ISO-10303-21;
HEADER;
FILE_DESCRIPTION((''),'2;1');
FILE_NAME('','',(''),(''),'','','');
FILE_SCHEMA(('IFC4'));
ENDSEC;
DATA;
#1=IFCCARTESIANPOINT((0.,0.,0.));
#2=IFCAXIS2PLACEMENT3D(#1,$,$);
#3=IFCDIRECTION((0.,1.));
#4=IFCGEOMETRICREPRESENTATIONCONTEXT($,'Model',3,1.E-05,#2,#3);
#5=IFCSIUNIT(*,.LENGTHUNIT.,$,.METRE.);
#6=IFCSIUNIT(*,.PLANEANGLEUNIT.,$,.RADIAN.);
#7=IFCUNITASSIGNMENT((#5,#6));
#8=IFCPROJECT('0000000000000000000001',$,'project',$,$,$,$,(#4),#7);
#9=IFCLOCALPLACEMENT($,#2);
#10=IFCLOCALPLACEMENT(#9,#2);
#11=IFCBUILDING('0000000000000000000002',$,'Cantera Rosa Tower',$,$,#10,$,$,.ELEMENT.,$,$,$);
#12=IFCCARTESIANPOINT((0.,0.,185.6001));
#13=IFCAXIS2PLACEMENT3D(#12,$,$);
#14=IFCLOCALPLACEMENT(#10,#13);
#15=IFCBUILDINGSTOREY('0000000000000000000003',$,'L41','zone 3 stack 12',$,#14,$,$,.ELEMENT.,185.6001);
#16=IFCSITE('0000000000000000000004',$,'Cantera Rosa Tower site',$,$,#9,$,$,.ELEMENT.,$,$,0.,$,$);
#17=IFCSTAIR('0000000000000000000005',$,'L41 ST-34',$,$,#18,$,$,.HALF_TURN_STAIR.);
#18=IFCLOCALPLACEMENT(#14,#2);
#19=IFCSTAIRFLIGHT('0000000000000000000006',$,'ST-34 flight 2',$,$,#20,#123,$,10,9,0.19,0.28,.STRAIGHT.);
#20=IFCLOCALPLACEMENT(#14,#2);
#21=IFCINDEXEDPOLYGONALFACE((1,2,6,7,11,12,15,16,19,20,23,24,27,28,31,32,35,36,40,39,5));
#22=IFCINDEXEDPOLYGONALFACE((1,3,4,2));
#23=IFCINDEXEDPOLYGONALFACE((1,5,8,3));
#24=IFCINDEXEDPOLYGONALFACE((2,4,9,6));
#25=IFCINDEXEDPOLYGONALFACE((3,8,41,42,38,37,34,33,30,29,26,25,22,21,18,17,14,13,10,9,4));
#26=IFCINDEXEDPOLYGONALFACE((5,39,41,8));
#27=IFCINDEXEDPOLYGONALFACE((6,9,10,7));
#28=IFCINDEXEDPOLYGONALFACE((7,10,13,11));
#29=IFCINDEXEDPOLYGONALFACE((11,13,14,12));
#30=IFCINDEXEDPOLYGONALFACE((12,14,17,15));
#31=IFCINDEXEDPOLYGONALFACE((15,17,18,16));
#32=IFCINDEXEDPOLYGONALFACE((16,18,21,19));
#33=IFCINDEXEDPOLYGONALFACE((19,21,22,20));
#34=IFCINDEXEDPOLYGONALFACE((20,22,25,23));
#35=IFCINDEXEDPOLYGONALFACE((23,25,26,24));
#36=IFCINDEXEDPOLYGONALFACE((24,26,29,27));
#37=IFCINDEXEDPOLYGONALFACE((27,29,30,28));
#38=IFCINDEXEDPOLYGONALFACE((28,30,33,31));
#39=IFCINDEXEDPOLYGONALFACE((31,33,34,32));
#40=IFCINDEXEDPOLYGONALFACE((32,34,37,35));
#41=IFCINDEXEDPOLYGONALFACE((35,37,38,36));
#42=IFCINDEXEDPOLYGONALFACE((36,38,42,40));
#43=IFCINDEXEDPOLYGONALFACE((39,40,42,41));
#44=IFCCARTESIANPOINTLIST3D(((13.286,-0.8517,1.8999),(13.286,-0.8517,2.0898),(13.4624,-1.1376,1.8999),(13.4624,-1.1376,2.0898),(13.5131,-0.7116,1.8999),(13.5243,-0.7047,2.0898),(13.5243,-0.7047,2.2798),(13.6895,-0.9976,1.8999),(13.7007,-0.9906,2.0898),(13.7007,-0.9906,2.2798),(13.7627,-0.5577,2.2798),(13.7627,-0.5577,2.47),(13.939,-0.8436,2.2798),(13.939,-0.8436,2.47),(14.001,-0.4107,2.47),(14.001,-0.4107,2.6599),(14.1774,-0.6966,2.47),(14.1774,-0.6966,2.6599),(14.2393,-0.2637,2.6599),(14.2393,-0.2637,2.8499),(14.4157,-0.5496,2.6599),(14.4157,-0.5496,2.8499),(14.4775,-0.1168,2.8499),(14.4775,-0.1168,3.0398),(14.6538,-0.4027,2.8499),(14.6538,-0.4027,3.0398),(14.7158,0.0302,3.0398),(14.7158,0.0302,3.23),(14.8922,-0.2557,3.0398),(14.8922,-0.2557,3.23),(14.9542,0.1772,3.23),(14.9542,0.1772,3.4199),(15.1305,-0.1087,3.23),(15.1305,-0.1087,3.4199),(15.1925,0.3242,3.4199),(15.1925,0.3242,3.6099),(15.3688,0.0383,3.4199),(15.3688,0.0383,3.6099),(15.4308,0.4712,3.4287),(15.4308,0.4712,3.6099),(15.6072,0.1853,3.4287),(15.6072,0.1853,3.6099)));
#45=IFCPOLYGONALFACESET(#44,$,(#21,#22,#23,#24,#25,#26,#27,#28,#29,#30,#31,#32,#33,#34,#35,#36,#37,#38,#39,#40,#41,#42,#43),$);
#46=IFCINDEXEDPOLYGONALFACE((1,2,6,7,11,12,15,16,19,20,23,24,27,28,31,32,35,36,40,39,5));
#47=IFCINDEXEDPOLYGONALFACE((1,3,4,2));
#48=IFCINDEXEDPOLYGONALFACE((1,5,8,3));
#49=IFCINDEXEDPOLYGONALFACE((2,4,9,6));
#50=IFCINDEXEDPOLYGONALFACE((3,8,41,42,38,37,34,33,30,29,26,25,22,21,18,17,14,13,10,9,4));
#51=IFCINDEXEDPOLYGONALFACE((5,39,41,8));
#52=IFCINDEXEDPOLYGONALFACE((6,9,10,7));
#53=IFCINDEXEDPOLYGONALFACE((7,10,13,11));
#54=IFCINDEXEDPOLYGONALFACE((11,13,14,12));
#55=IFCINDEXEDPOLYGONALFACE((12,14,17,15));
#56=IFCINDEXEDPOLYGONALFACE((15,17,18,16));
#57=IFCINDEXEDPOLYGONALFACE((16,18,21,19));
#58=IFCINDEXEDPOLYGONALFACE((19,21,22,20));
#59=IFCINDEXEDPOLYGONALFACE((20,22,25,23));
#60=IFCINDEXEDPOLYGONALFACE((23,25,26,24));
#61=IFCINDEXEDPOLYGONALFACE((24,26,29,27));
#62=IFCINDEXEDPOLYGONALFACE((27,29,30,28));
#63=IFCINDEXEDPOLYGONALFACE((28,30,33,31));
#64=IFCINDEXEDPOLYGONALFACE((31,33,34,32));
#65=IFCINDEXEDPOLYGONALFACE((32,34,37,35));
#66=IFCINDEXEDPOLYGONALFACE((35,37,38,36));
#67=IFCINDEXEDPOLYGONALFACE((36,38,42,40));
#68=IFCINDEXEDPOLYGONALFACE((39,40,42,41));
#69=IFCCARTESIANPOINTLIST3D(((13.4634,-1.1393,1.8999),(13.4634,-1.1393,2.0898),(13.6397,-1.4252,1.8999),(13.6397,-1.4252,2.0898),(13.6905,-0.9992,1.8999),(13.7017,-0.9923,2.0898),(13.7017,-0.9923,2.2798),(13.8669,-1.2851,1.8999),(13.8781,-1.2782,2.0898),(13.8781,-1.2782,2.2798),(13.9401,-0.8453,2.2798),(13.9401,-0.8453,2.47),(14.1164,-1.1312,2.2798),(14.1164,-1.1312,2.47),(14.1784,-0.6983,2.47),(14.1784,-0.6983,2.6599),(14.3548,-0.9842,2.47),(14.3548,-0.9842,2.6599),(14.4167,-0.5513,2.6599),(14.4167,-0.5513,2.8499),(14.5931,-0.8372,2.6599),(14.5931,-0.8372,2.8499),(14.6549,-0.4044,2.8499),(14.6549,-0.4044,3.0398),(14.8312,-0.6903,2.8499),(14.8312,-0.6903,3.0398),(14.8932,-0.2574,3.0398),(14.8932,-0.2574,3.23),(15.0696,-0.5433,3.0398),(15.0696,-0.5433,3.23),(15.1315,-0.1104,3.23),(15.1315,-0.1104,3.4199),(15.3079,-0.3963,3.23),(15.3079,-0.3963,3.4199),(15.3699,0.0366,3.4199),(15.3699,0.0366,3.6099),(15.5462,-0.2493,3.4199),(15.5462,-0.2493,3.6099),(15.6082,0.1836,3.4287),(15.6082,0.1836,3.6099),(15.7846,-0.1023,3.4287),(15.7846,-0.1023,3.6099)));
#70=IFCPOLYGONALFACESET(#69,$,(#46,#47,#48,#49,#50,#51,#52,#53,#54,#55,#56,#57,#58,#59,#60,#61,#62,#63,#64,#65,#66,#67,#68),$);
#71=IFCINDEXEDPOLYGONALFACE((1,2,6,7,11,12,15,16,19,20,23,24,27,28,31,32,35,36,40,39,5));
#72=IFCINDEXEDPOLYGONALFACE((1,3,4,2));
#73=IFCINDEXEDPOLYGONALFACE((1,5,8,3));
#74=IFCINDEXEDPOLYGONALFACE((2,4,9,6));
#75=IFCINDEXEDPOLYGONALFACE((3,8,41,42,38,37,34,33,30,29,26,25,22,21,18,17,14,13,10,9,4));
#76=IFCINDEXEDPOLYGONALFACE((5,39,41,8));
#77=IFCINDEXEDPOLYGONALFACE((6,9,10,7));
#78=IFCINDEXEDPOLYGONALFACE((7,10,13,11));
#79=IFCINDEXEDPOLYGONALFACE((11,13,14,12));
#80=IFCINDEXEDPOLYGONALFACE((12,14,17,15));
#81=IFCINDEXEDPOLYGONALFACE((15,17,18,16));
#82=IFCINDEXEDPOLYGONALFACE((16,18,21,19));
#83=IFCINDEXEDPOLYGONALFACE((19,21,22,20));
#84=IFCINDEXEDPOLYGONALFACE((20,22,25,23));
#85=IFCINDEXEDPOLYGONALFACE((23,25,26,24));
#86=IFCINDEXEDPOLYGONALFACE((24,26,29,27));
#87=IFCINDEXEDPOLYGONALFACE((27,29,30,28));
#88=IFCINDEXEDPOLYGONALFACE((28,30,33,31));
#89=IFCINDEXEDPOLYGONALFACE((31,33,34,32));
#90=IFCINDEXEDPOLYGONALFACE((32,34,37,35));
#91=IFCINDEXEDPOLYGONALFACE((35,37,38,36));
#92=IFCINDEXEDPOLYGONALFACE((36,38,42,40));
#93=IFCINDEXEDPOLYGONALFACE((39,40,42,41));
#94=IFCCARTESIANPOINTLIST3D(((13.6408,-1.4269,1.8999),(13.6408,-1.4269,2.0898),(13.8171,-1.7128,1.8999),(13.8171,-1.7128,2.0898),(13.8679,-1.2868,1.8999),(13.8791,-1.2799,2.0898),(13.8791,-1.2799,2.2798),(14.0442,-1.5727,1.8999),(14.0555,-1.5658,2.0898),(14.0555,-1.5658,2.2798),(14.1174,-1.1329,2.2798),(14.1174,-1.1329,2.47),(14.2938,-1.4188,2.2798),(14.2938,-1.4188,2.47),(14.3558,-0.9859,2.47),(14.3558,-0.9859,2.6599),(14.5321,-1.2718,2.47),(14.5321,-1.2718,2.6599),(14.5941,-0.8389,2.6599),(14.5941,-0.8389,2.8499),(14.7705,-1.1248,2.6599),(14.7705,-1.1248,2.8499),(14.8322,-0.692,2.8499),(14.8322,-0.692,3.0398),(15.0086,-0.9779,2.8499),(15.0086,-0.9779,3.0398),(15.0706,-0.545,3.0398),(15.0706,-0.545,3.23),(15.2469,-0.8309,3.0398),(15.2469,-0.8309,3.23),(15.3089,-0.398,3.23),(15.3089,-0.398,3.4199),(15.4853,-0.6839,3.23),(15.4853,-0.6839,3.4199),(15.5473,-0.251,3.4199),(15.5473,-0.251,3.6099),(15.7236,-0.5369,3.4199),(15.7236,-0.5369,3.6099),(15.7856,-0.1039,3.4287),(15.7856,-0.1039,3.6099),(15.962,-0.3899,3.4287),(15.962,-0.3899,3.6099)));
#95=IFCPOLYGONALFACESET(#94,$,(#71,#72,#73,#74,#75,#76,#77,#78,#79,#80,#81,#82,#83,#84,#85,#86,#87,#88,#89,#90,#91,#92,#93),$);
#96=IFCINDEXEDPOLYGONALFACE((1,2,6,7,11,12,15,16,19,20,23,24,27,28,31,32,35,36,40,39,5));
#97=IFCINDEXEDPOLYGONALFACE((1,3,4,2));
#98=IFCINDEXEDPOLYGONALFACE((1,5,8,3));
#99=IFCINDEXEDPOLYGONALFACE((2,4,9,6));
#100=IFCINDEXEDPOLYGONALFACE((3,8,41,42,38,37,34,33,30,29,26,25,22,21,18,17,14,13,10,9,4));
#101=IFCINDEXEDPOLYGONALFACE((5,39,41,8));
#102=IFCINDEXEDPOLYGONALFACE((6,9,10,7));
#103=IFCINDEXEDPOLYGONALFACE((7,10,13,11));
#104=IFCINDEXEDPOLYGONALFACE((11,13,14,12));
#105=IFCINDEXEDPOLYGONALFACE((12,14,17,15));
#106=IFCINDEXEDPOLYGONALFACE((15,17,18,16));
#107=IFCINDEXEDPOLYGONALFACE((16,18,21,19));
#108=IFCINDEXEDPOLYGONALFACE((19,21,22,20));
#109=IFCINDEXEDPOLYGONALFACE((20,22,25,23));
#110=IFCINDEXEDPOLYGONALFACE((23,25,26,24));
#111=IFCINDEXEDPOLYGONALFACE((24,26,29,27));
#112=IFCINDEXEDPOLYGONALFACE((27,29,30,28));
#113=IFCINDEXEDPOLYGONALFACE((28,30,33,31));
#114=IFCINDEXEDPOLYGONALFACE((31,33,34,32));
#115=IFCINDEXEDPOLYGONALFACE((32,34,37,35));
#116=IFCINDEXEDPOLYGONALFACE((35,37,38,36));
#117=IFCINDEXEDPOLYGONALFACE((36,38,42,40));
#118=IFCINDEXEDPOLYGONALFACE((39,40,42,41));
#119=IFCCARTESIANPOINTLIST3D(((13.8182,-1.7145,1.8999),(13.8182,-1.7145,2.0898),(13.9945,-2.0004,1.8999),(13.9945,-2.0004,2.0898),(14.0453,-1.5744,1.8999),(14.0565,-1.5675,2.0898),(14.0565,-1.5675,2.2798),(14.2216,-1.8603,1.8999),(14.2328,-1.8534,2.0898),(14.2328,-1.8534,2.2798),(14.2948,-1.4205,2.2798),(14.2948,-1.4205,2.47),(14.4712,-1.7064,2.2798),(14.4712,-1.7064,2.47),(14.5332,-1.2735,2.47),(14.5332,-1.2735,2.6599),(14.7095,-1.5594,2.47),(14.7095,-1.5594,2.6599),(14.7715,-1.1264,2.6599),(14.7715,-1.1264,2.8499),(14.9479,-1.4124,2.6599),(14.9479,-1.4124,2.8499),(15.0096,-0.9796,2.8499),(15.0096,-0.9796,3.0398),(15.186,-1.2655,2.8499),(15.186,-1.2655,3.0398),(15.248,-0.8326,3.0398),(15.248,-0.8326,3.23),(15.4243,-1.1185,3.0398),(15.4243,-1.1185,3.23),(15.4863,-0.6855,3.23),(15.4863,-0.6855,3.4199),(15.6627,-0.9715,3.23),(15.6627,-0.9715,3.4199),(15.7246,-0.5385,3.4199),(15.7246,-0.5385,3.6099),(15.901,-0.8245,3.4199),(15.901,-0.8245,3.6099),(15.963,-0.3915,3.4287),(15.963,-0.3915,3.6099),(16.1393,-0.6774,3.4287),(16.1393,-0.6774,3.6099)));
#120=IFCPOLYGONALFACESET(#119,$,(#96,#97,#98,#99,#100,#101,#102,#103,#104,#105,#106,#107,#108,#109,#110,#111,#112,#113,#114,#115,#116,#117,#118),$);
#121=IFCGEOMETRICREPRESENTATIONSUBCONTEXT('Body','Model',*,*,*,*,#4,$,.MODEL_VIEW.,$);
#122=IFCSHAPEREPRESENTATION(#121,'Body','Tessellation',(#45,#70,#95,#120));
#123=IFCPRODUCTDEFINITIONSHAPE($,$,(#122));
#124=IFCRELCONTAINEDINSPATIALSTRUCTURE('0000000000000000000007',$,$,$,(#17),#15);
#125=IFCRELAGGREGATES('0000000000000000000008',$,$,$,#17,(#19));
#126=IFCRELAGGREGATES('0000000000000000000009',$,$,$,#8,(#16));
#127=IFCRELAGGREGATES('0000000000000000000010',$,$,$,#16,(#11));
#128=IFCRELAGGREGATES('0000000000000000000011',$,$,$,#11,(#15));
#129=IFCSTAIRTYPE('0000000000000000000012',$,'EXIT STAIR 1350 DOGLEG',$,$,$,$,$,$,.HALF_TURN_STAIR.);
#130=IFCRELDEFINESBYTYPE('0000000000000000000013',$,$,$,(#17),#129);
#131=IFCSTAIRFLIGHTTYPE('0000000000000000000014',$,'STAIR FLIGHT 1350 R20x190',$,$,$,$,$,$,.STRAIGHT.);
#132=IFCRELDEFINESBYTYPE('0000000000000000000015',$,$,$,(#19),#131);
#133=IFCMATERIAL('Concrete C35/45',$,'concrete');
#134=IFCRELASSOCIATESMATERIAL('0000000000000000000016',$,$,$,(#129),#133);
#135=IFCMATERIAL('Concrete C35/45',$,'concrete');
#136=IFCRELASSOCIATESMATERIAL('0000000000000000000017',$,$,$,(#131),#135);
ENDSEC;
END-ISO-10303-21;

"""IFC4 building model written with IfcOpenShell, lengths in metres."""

from ifc_helpers import new_model, si_unit, direction, frame, origin, place, context, subcontext, project, spatial, polyline, outline, extrude, material, type_object, element, aggregate, save


model = new_model("IFC4")

# Units and contexts
model_context = context("Model", 3, precision=1e-05, world=origin(), true_north=direction((0.0, 1.0)))
body_context = subcontext(model_context, "Body", "Model", "MODEL_VIEW")
ifc_project = project(units=[si_unit("LENGTHUNIT", "METRE"), si_unit("PLANEANGLEUNIT", "RADIAN")], contexts=[model_context])

# Site, building, storey
site_placement = place(None, origin())
site = spatial("IfcSite", under=ifc_project, at=site_placement, Name="Cantera Rosa Tower site", CompositionType="ELEMENT", RefElevation=0.0)
building_placement = place(site_placement, origin())
building = spatial("IfcBuilding", under=site, at=building_placement, Name="Cantera Rosa Tower", CompositionType="ELEMENT")
storey_placement = place(building_placement, frame((0.0, 0.0, 185.6001)))
storey = spatial("IfcBuildingStorey", under=building, at=storey_placement, Name="L41", Description="zone 3 stack 12", CompositionType="ELEMENT", Elevation=185.6001)

# Stair, stair flight
ifc_material_1 = material(Name="Concrete C35/45", Category="concrete")
stair_type = type_object("IfcStairType", Name="EXIT STAIR 1350 DOGLEG", PredefinedType="HALF_TURN_STAIR", material=ifc_material_1)
stair_placement = place(storey_placement, origin())
stair = element("IfcStair", 1, at=stair_placement, inside=storey, type_object=stair_type, Name="L41 ST-34", PredefinedType="HALF_TURN_STAIR")
ifc_material_2 = material(Name="Concrete C35/45", Category="concrete")
stair_flight_type = type_object("IfcStairFlightType", Name="STAIR FLIGHT 1350 R20x190", PredefinedType="STRAIGHT", material=ifc_material_2)
stair_flight_1_placement = place(storey_placement, frame((13.6404, -1.4263, 1.8999), z_axis=(0.0, 0.0, 1.0), x_axis=(0.851117, 0.524977, 0.0)))
stair_flight_1 = element("IfcStairFlight", 2, at=stair_flight_1_placement, type_object=stair_flight_type, Name="ST-34 flight 2", NumberOfRisers=10, NumberOfTreads=9, PredefinedType="STRAIGHT", RiserHeight=0.19, TreadLength=0.28, context=body_context, shape_type="SweptSolid", body=[
    extrude(outline(polyline([(0.0, 0.0), (0.0, 0.1899), (0.28, 0.1899), (0.28, 0.3799), (0.5601, 0.3799), (0.5601, 0.5701), (0.8401, 0.5701), (0.8401, 0.76), (1.1201, 0.76), (1.1201, 0.95), (1.3999, 0.95), (1.3999, 1.1399), (1.6799, 1.1399), (1.6799, 1.3301), (1.96, 1.3301), (1.96, 1.52), (2.24, 1.52), (2.24, 1.71), (2.52, 1.71), (2.52, 1.8999), (2.52, 1.5288), (0.2668, 0.0), (0.0, 0.0)])), frame((0.0, 0.675, 0.0), z_axis=(0.0, -1.0, 0.0), x_axis=(1.0, 0.0, 0.0)), (0.0, 0.0, 1.0), 0.3359),
    extrude(outline(polyline([(0.0, 0.0), (0.0, 0.1899), (0.28, 0.1899), (0.28, 0.3799), (0.5601, 0.3799), (0.5601, 0.5701), (0.8401, 0.5701), (0.8401, 0.76), (1.1201, 0.76), (1.1201, 0.95), (1.3999, 0.95), (1.3999, 1.1399), (1.6799, 1.1399), (1.6799, 1.3301), (1.96, 1.3301), (1.96, 1.52), (2.24, 1.52), (2.24, 1.71), (2.52, 1.71), (2.52, 1.8999), (2.52, 1.5288), (0.2668, 0.0), (0.0, 0.0)])), frame((0.0, 0.3372, 0.0), z_axis=(0.0, -1.0, 0.0), x_axis=(1.0, 0.0, 0.0)), (0.0, 0.0, 1.0), 0.3359),
    extrude(outline(polyline([(0.0, 0.0), (0.0, 0.1899), (0.28, 0.1899), (0.28, 0.3799), (0.5601, 0.3799), (0.5601, 0.5701), (0.8401, 0.5701), (0.8401, 0.76), (1.1201, 0.76), (1.1201, 0.95), (1.3999, 0.95), (1.3999, 1.1399), (1.6799, 1.1399), (1.6799, 1.3301), (1.96, 1.3301), (1.96, 1.52), (2.24, 1.52), (2.24, 1.71), (2.52, 1.71), (2.52, 1.8999), (2.52, 1.5288), (0.2668, 0.0), (0.0, 0.0)])), frame((0.0, -0.0007, 0.0), z_axis=(0.0, -1.0, 0.0), x_axis=(1.0, 0.0, 0.0)), (0.0, 0.0, 1.0), 0.3359),
    extrude(outline(polyline([(0.0, 0.0), (0.0, 0.1899), (0.28, 0.1899), (0.28, 0.3799), (0.5601, 0.3799), (0.5601, 0.5701), (0.8401, 0.5701), (0.8401, 0.76), (1.1201, 0.76), (1.1201, 0.95), (1.3999, 0.95), (1.3999, 1.1399), (1.6799, 1.1399), (1.6799, 1.3301), (1.96, 1.3301), (1.96, 1.52), (2.24, 1.52), (2.24, 1.71), (2.52, 1.71), (2.52, 1.8999), (2.52, 1.5288), (0.2668, 0.0), (0.0, 0.0)])), frame((0.0, -0.3386, 0.0), z_axis=(0.0, -1.0, 0.0), x_axis=(1.0, 0.0, 0.0)), (0.0, 0.0, 1.0), 0.3359),
])
aggregate(stair, [stair_flight_1])

save(model, "model.ifc")
